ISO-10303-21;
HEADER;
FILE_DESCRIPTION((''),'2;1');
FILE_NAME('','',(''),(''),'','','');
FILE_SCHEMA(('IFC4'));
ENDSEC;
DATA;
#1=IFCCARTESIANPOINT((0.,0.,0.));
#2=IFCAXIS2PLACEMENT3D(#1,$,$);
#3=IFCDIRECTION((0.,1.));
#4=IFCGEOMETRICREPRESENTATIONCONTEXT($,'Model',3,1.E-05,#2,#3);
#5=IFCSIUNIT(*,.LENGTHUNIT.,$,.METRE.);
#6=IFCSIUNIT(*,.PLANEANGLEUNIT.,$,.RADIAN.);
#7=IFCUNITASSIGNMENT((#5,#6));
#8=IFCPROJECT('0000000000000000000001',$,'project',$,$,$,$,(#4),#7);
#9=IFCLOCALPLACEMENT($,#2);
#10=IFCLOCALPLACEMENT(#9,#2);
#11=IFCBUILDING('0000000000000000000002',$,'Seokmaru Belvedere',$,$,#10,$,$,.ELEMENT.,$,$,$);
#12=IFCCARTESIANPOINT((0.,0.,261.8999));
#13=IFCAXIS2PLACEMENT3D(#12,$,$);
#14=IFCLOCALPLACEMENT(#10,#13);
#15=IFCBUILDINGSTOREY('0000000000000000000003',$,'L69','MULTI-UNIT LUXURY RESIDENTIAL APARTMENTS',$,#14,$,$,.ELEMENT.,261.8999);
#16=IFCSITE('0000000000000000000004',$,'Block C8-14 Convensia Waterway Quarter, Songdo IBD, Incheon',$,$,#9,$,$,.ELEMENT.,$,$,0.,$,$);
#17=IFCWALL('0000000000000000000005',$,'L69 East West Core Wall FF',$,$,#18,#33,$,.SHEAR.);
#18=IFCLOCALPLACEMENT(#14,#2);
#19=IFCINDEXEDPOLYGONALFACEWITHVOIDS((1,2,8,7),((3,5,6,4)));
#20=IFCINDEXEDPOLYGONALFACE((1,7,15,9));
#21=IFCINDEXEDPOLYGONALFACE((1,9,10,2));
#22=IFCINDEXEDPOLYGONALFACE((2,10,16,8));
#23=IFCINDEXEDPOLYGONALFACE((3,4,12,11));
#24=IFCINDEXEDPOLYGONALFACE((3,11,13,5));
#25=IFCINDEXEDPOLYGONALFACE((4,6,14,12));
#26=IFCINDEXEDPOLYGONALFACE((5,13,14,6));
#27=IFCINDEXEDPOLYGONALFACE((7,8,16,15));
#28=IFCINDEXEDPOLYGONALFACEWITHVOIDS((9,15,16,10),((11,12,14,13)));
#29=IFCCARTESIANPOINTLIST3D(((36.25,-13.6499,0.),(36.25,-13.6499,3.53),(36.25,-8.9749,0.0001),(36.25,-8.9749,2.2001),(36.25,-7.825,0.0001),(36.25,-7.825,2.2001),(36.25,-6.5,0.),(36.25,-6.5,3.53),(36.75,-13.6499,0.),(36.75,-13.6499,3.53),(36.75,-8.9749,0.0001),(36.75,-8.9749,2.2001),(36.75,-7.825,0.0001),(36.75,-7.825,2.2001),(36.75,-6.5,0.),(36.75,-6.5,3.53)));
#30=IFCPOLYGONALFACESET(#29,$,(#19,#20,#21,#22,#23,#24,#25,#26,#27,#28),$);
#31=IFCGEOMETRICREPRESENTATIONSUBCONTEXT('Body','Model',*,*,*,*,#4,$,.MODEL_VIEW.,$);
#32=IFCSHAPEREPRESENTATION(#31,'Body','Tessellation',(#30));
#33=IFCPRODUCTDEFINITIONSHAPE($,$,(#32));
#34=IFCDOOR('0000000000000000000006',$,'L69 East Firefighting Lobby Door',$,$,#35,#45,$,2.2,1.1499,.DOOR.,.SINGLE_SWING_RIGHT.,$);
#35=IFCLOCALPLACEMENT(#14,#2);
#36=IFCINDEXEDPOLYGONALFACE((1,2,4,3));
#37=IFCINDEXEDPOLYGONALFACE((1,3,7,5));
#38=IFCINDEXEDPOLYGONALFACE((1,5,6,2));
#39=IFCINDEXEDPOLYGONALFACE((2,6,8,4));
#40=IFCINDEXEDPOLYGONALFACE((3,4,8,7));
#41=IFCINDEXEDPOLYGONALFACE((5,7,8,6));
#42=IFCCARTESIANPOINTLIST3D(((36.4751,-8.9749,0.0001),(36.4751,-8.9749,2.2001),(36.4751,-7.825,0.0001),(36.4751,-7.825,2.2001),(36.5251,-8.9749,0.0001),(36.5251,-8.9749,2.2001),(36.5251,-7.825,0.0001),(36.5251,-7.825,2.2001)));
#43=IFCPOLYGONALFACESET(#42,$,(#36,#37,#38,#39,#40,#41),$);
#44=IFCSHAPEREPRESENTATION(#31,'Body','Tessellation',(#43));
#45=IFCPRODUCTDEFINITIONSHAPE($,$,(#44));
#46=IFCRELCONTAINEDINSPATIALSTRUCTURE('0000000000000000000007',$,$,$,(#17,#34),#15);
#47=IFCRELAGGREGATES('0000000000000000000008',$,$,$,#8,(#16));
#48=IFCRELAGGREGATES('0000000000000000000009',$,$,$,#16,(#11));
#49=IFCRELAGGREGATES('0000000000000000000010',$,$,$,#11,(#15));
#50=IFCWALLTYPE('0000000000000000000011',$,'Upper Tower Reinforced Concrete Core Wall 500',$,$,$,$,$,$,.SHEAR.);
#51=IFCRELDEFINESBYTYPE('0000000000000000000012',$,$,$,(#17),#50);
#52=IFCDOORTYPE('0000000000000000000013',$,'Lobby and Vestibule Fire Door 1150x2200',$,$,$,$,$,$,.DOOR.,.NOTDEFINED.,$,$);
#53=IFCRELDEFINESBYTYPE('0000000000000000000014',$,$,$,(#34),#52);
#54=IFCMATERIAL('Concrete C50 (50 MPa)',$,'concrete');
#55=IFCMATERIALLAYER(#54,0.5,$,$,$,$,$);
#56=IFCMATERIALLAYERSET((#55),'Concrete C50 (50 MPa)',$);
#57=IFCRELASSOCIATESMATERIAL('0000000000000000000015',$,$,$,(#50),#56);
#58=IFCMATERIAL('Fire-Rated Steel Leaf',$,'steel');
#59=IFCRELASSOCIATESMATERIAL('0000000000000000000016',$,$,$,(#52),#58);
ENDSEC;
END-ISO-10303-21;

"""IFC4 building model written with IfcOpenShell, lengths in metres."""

from ifc_helpers import new_model, si_unit, direction, frame, frame_2d, origin, place, context, subcontext, project, spatial, rectangle, extrude, source, transform, mapped, material, layer, layer_set, type_object, type_shapes, element, fill, save


model = new_model("IFC4")

# Units and contexts
model_context = context("Model", 3, precision=1e-05, world=origin(), true_north=direction((0.0, 1.0)))
body_context = subcontext(model_context, "Body", "Model", "MODEL_VIEW")
ifc_project = project(units=[si_unit("LENGTHUNIT", "METRE"), si_unit("PLANEANGLEUNIT", "RADIAN")], contexts=[model_context])

# Site, building, storey
site_placement = place(None, origin())
site = spatial("IfcSite", under=ifc_project, at=site_placement, Name="Block C8-14 Convensia Waterway Quarter, Songdo IBD, Incheon", CompositionType="ELEMENT", RefElevation=0.0)
building_placement = place(site_placement, origin())
building = spatial("IfcBuilding", under=site, at=building_placement, Name="Seokmaru Belvedere", CompositionType="ELEMENT")
storey_placement = place(building_placement, frame((0.0, 0.0, 261.8999)))
storey = spatial("IfcBuildingStorey", under=building, at=storey_placement, Name="L69", Description="MULTI-UNIT LUXURY RESIDENTIAL APARTMENTS", CompositionType="ELEMENT", Elevation=261.8999)

# Shared definitions
ifc_material_1 = material(Name="Fire-Rated Steel Leaf", Category="steel")

# Wall, opening, door
ifc_material_2 = material(Name="Concrete C50 (50 MPa)", Category="concrete")
ifc_layer_1 = layer(ifc_material_2, 0.5)
ifc_layer_set_1 = layer_set([ifc_layer_1], Name="Concrete C50 (50 MPa)")
wall_type_1 = type_object("IfcWallType", Name="Upper Tower Reinforced Concrete Core Wall 500", PredefinedType="SHEAR", material=ifc_layer_set_1)
wall_1_placement = place(storey_placement, frame((36.5, -13.6499, 0.0), z_axis=(0.0, 0.0, 1.0), x_axis=(0.0, 1.0, 0.0)))
wall_1 = element("IfcWall", 1, at=wall_1_placement, inside=storey, type_object=wall_type_1, Name="L69 East West Core Wall FF", PredefinedType="SHEAR", context=body_context, shape_type="SweptSolid", body=[
    extrude(rectangle(XDim=7.1499, YDim=0.5, at=frame_2d((3.575, 0.0))), origin(), (0.0, 0.0, 1.0), 3.53),
])
opening_1_placement = place(wall_1_placement, frame((4.675, 0.0, 0.0)))
opening_1 = element("IfcOpeningElement", 2, at=opening_1_placement, cuts=wall_1, PredefinedType="OPENING", context=body_context, shape_type="SweptSolid", body=[
    extrude(rectangle(XDim=1.1499, YDim=2.2, at=frame_2d((0.575, 1.1001))), frame((0.0, 0.26, 0.0), z_axis=(0.0, -1.0, 0.0), x_axis=(1.0, 0.0, 0.0)), (0.0, 0.0, 1.0), 0.52),
])
door_type_1 = type_object("IfcDoorType", Name="Lobby and Vestibule Fire Door 1150x2200", OperationType="NOTDEFINED", PredefinedType="DOOR", material=ifc_material_1)
shared_shape_1 = source(origin(), body_context, "Body", "SweptSolid", [
    extrude(rectangle(XDim=1.1499, YDim=2.2, at=frame_2d((0.575, 1.1001))), frame((0.0, 0.0249, 0.0), z_axis=(0.0, -1.0, 0.0), x_axis=(1.0, 0.0, 0.0)), (0.0, 0.0, 1.0), 0.05),
])
type_shapes(door_type_1, [shared_shape_1])
door_1_placement = place(opening_1_placement, origin())
door_1 = element("IfcDoor", 3, at=door_1_placement, inside=storey, type_object=door_type_1, Name="L69 East Firefighting Lobby Door", OperationType="SINGLE_SWING_RIGHT", OverallHeight=2.2, OverallWidth=1.1499, PredefinedType="DOOR", context=body_context, shape_type="MappedRepresentation", body=[
    mapped(shared_shape_1, transform((0.0, 0.0, 0.0), scale=1.0)),
])
fill(opening_1, door_1)

save(model, "model.ifc")
